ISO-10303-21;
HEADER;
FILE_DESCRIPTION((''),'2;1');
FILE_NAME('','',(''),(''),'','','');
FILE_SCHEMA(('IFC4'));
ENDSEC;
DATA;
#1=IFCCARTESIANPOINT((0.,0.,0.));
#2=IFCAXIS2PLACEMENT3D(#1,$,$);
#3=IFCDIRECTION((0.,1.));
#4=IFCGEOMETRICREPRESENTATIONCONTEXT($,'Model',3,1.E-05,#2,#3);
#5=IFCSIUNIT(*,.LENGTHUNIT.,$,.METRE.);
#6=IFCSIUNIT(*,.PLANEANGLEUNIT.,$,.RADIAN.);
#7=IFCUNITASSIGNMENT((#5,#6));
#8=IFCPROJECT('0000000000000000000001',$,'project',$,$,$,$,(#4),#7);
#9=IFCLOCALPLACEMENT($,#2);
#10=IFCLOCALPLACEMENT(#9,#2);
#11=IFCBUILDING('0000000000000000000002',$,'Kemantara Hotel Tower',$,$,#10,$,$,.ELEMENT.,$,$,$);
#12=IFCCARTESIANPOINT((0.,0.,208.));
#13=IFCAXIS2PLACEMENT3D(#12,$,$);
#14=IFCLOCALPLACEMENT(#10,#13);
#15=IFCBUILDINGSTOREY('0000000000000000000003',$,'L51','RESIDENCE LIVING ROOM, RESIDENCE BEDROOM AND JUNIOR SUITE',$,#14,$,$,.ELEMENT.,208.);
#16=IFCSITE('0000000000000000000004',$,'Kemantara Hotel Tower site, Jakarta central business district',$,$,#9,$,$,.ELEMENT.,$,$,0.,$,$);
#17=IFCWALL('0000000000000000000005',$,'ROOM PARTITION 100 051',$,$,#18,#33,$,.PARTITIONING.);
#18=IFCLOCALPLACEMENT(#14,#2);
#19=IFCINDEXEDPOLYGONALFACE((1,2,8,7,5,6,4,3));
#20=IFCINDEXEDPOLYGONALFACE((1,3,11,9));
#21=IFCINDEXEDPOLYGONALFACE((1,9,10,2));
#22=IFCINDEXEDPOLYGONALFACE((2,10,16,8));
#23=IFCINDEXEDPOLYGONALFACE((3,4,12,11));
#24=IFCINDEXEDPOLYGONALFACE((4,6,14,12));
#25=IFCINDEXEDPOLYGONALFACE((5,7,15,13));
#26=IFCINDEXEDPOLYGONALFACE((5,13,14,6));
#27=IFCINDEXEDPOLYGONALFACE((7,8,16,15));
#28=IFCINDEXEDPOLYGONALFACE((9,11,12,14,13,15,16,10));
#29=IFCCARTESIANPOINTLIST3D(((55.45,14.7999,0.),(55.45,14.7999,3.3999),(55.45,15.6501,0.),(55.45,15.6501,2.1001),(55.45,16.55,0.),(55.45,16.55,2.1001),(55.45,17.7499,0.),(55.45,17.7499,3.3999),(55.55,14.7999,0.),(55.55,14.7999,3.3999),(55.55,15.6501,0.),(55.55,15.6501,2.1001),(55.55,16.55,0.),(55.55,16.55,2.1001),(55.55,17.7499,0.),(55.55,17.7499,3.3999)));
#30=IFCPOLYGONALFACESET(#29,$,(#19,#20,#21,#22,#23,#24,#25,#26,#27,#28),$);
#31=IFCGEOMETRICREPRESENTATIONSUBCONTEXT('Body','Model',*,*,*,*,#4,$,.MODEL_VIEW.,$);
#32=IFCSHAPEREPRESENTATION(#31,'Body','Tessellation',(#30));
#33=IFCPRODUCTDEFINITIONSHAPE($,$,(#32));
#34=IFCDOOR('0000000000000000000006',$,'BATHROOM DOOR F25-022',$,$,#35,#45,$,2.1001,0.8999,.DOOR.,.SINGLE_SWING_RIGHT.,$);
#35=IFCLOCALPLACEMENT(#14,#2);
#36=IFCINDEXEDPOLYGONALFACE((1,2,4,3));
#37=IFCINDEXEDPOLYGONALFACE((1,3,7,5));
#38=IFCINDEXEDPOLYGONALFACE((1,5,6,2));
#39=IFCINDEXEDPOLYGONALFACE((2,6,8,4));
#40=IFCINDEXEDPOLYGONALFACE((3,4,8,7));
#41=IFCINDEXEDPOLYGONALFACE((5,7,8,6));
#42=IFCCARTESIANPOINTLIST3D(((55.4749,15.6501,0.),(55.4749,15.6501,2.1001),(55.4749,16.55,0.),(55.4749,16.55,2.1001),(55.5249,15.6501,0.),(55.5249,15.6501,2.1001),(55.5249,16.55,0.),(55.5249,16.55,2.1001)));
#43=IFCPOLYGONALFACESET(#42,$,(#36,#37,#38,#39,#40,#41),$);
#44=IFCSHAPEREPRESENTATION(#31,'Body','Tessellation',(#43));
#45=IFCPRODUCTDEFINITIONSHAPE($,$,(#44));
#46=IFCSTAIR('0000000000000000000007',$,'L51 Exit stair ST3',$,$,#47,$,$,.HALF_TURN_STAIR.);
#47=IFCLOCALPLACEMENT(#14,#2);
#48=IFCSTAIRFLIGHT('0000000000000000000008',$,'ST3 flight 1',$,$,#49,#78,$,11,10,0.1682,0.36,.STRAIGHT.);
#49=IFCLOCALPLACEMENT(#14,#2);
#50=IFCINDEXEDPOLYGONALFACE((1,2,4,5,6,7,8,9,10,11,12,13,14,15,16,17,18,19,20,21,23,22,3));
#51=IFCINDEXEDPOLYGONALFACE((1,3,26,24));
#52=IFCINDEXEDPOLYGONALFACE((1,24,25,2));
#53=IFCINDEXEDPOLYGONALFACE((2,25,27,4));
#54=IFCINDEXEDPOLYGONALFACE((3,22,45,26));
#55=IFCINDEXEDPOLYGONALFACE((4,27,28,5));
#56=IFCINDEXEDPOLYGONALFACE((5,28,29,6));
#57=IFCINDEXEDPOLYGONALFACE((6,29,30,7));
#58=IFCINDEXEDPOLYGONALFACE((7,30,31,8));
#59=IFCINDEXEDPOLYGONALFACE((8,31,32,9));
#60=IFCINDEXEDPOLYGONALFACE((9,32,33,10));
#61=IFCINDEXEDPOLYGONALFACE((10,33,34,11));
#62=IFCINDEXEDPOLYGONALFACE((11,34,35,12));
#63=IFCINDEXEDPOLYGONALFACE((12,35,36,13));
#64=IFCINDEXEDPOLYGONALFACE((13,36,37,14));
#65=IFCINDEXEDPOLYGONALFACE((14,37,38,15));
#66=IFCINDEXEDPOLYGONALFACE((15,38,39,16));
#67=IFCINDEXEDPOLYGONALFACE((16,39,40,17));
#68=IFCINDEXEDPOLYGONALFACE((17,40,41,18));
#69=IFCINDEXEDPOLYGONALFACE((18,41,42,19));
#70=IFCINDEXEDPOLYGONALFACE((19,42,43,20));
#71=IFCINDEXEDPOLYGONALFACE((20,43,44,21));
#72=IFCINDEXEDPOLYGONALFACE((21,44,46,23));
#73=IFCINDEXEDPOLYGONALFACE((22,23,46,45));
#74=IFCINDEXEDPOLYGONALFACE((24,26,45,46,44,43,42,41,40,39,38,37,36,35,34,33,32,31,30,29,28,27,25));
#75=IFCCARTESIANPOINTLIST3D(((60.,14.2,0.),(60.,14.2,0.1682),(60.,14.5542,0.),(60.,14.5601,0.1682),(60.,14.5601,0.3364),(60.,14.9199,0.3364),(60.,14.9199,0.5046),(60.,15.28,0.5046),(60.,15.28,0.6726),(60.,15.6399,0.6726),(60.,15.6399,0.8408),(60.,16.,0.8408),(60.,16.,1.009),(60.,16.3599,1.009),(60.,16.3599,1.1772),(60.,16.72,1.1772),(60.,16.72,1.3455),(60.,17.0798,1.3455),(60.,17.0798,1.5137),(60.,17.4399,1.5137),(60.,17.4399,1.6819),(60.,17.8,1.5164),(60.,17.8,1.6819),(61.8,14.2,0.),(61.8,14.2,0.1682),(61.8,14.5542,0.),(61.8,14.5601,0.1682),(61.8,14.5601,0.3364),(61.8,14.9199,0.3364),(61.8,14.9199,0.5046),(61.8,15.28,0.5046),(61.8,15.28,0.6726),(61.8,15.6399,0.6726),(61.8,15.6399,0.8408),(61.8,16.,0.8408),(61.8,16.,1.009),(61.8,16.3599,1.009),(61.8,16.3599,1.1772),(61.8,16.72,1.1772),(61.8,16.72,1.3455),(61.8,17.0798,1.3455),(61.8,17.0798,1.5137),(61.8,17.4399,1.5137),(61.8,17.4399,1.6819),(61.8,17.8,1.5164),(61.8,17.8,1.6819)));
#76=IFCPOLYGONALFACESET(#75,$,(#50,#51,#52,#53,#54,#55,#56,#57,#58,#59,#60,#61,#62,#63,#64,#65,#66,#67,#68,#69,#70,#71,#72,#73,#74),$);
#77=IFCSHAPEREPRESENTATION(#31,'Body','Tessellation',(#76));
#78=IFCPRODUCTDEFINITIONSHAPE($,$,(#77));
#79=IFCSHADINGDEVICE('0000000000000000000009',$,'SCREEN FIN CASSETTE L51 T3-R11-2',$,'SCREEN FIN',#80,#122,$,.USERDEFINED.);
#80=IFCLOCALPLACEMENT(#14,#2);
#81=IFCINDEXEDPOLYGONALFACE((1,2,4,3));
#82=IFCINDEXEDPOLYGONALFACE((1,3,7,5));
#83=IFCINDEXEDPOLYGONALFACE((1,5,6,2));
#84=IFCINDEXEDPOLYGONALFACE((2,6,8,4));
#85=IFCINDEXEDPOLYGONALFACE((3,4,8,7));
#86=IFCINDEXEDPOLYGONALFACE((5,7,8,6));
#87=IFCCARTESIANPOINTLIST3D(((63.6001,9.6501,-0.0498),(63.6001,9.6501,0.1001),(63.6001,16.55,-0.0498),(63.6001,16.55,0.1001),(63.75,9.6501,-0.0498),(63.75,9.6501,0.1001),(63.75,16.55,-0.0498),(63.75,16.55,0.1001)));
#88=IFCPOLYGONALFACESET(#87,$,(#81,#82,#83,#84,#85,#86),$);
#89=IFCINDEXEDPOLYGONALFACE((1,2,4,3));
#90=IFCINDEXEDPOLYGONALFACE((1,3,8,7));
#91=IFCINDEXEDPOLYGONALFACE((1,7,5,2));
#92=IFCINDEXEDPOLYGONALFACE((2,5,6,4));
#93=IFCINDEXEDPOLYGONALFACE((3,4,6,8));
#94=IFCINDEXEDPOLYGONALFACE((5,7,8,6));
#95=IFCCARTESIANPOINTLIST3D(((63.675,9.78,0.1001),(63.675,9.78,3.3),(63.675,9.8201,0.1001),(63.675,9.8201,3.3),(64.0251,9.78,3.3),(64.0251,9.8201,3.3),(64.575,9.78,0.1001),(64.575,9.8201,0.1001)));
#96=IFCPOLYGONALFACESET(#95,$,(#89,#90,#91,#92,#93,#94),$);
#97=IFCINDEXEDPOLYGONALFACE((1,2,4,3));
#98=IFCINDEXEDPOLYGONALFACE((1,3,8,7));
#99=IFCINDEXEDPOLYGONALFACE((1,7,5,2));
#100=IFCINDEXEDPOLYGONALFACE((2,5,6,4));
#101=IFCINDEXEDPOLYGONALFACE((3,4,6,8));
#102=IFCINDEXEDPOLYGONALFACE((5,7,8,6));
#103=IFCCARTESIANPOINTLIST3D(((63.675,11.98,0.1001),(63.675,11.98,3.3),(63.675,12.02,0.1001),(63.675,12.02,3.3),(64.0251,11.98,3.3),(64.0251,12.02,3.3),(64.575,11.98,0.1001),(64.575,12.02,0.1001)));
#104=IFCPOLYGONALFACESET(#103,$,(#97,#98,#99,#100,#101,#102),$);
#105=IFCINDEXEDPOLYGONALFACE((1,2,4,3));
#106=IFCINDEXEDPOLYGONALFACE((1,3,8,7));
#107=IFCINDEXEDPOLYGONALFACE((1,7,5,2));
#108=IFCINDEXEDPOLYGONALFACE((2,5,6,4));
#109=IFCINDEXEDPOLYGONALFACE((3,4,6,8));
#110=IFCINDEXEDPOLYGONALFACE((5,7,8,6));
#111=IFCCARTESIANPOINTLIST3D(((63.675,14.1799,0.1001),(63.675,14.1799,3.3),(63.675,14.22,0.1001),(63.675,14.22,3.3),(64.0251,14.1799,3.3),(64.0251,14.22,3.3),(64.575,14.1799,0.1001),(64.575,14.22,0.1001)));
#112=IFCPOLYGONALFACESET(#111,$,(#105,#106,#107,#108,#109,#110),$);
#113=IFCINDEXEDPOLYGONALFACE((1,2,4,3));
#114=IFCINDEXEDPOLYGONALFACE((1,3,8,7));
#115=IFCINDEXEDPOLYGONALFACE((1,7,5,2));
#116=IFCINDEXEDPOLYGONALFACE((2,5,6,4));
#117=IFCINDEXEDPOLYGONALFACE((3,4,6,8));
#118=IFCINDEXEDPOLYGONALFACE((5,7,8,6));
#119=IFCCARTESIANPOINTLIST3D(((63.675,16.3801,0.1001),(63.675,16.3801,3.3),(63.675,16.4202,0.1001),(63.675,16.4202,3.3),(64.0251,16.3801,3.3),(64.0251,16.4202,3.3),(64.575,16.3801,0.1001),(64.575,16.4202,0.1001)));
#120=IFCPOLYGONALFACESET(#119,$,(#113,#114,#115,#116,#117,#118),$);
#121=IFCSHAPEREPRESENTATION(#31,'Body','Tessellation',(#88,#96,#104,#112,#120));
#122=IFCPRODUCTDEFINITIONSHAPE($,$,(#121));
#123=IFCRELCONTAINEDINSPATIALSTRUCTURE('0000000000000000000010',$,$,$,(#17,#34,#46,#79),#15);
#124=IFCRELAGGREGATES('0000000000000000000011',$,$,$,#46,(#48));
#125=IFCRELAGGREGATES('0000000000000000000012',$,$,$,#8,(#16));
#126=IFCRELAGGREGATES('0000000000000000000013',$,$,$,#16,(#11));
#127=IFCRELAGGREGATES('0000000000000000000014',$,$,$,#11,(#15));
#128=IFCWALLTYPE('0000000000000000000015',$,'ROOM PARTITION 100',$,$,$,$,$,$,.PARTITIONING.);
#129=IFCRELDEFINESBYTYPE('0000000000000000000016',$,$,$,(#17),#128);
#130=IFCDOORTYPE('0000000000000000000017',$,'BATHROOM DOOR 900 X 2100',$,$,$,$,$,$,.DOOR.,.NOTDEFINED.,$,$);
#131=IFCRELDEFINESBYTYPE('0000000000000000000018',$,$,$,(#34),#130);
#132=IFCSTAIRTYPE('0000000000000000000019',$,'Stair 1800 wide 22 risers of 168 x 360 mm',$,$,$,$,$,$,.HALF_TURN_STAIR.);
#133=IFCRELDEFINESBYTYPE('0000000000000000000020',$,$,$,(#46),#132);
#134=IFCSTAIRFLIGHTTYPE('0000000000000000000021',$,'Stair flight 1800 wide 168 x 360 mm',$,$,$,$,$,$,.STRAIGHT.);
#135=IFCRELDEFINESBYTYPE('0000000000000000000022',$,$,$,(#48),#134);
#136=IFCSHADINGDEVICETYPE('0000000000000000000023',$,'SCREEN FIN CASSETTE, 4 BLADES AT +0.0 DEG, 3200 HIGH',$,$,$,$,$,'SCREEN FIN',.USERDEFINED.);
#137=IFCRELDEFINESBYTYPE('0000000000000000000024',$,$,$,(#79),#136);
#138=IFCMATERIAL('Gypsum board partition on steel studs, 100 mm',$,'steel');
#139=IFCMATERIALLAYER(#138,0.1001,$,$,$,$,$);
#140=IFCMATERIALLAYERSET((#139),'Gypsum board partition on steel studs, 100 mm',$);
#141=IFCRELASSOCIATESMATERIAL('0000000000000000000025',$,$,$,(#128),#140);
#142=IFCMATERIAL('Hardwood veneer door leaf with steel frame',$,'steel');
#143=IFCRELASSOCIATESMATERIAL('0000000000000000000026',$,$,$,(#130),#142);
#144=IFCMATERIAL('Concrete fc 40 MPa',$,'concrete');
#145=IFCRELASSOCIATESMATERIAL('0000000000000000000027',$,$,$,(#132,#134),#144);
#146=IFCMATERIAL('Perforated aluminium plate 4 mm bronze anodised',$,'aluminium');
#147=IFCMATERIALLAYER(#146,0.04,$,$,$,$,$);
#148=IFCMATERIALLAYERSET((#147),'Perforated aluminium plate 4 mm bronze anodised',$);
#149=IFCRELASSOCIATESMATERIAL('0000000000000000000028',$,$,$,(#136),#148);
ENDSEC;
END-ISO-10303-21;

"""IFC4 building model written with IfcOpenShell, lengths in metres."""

from ifc_helpers import new_model, si_unit, direction, frame, frame_2d, origin, origin_2d, place, context, subcontext, project, spatial, polyline, rectangle, outline, extrude, source, transform, mapped, material, layer, layer_set, type_object, element, fill, aggregate, save


model = new_model("IFC4")

# Units and contexts
model_context = context("Model", 3, precision=1e-05, world=origin(), true_north=direction((0.0, 1.0)))
body_context = subcontext(model_context, "Body", "Model", "MODEL_VIEW")
ifc_project = project(units=[si_unit("LENGTHUNIT", "METRE"), si_unit("PLANEANGLEUNIT", "RADIAN")], contexts=[model_context])

# Site, building, storey
site_placement = place(None, origin())
site = spatial("IfcSite", under=ifc_project, at=site_placement, Name="Kemantara Hotel Tower site, Jakarta central business district", CompositionType="ELEMENT", RefElevation=0.0)
building_placement = place(site_placement, origin())
building = spatial("IfcBuilding", under=site, at=building_placement, Name="Kemantara Hotel Tower", CompositionType="ELEMENT")
storey_placement = place(building_placement, frame((0.0, 0.0, 208.0)))
storey = spatial("IfcBuildingStorey", under=building, at=storey_placement, Name="L51", Description="RESIDENCE LIVING ROOM, RESIDENCE BEDROOM AND JUNIOR SUITE", CompositionType="ELEMENT", Elevation=208.0)

# Shared definitions
ifc_material_1 = material(Name="Hardwood veneer door leaf with steel frame", Category="steel")

# Shared definitions
ifc_material_2 = material(Name="Concrete fc 40 MPa", Category="concrete")

# Shared definitions
ifc_material_3 = material(Name="Gypsum board partition on steel studs, 100 mm", Category="steel")
ifc_layer_1 = layer(ifc_material_3, 0.1001)
ifc_layer_set_1 = layer_set([ifc_layer_1], Name="Gypsum board partition on steel studs, 100 mm")
wall_type_1 = type_object("IfcWallType", Name="ROOM PARTITION 100", PredefinedType="PARTITIONING", material=ifc_layer_set_1)
door_type_1 = type_object("IfcDoorType", Name="BATHROOM DOOR 900 X 2100", OperationType="NOTDEFINED", PredefinedType="DOOR", material=ifc_material_1)

# Wall, opening, door
wall_1_placement = place(storey_placement, frame((55.5, 17.75, 0.0), z_axis=(0.0, 0.0, 1.0), x_axis=(0.0, -1.0, 0.0)))
wall_1 = element("IfcWall", 1, at=wall_1_placement, inside=storey, type_object=wall_type_1, Name="ROOM PARTITION 100 051", PredefinedType="PARTITIONING", context=body_context, shape_type="SweptSolid", body=[
    extrude(rectangle(XDim=2.95, YDim=0.1001, at=frame_2d((1.4751, 0.0))), origin(), (0.0, 0.0, 1.0), 3.3999),
])
opening_1_placement = place(wall_1_placement, frame((1.2, 0.0, 0.0)))
opening_1 = element("IfcOpeningElement", 2, at=opening_1_placement, cuts=wall_1, PredefinedType="OPENING", context=body_context, shape_type="SweptSolid", body=[
    extrude(rectangle(XDim=0.8999, YDim=2.1001, at=frame_2d((0.45, 1.05))), frame((0.0, 0.0601, 0.0), z_axis=(0.0, -1.0, 0.0), x_axis=(1.0, 0.0, 0.0)), (0.0, 0.0, 1.0), 0.1201),
])
door_1_placement = place(opening_1_placement, origin())
door_1 = element("IfcDoor", 3, at=door_1_placement, inside=storey, type_object=door_type_1, Name="BATHROOM DOOR F25-022", OperationType="SINGLE_SWING_RIGHT", OverallHeight=2.1001, OverallWidth=0.8999, PredefinedType="DOOR", context=body_context, shape_type="SweptSolid", body=[
    extrude(rectangle(XDim=0.8999, YDim=2.1001, at=frame_2d((0.45, 1.05))), frame((0.0, 0.0249, 0.0), z_axis=(0.0, -1.0, 0.0), x_axis=(1.0, 0.0, 0.0)), (0.0, 0.0, 1.0), 0.05),
])
fill(opening_1, door_1)

# Stair, stair flight
stair_type = type_object("IfcStairType", Name="Stair 1800 wide 22 risers of 168 x 360 mm", PredefinedType="HALF_TURN_STAIR", material=ifc_material_2)
stair_placement = place(storey_placement, origin())
stair = element("IfcStair", 4, at=stair_placement, inside=storey, type_object=stair_type, Name="L51 Exit stair ST3", PredefinedType="HALF_TURN_STAIR")
stair_flight_type = type_object("IfcStairFlightType", Name="Stair flight 1800 wide 168 x 360 mm", PredefinedType="STRAIGHT", material=ifc_material_2)
stair_flight_placement = place(storey_placement, frame((60.8999, 14.2, 0.0), z_axis=(0.0, 0.0, 1.0), x_axis=(0.0, 1.0, 0.0)))
stair_flight = element("IfcStairFlight", 5, at=stair_flight_placement, type_object=stair_flight_type, Name="ST3 flight 1", NumberOfRisers=11, NumberOfTreads=10, PredefinedType="STRAIGHT", RiserHeight=0.1682, TreadLength=0.36, context=body_context, shape_type="SweptSolid", body=[
    extrude(outline(polyline([(0.0, 0.0), (0.0, 0.1682), (0.3601, 0.1682), (0.3601, 0.3364), (0.72, 0.3364), (0.72, 0.5046), (1.0801, 0.5046), (1.0801, 0.6726), (1.4399, 0.6726), (1.4399, 0.8408), (1.8, 0.8408), (1.8, 1.009), (2.1599, 1.009), (2.1599, 1.1772), (2.52, 1.1772), (2.52, 1.3455), (2.8799, 1.3455), (2.8799, 1.5137), (3.24, 1.5137), (3.24, 1.6819), (3.6001, 1.6819), (3.6001, 1.8501), (3.6001, 1.5164), (0.3542, 0.0), (0.0, 0.0)])), frame((0.0, 0.8999, 0.0), z_axis=(0.0, -1.0, 0.0), x_axis=(1.0, 0.0, 0.0)), (0.0, 0.0, 1.0), 1.8),
])
aggregate(stair, [stair_flight])

# Shading device
ifc_material_4 = material(Name="Perforated aluminium plate 4 mm bronze anodised", Category="aluminium")
ifc_layer_2 = layer(ifc_material_4, 0.04)
ifc_layer_set_2 = layer_set([ifc_layer_2], Name="Perforated aluminium plate 4 mm bronze anodised")
shading_device_type = type_object("IfcShadingDeviceType", Name="SCREEN FIN CASSETTE, 4 BLADES AT +0.0 DEG, 3200 HIGH", ElementType="SCREEN FIN", PredefinedType="USERDEFINED", material=ifc_layer_set_2)
shared_shape_1 = source(origin(), body_context, "Body", "SweptSolid", [
    extrude(rectangle(XDim=6.8999, YDim=0.1499, at=origin_2d()), frame((3.3, -0.075, -0.1499), z_axis=(0.0, 0.0, 1.0), x_axis=(1.0, 0.0, 0.0)), (0.0, 0.0, 1.0), 0.1499),
    extrude(outline(polyline([(0.0, 0.0), (0.8999, 0.0), (0.3501, 3.2), (0.0, 3.2), (0.0, 0.0)])), frame((0.02, -0.075, 0.0), z_axis=(-1.0, 0.0, 0.0), x_axis=(0.0, -1.0, 0.0)), (0.0, 0.0, 1.0), 0.04),
    extrude(outline(polyline([(0.0, 0.0), (0.8999, 0.0), (0.3501, 3.2), (0.0, 3.2), (0.0, 0.0)])), frame((2.22, -0.075, 0.0), z_axis=(-1.0, 0.0, 0.0), x_axis=(0.0, -1.0, 0.0)), (0.0, 0.0, 1.0), 0.04),
    extrude(outline(polyline([(0.0, 0.0), (0.8999, 0.0), (0.3501, 3.2), (0.0, 3.2), (0.0, 0.0)])), frame((4.4199, -0.075, 0.0), z_axis=(-1.0, 0.0, 0.0), x_axis=(0.0, -1.0, 0.0)), (0.0, 0.0, 1.0), 0.04),
    extrude(outline(polyline([(0.0, 0.0), (0.8999, 0.0), (0.3501, 3.2), (0.0, 3.2), (0.0, 0.0)])), frame((6.6201, -0.075, 0.0), z_axis=(-1.0, 0.0, 0.0), x_axis=(0.0, -1.0, 0.0)), (0.0, 0.0, 1.0), 0.04),
])
shading_device_placement = place(storey_placement, frame((63.6001, 9.8, 0.1001), z_axis=(0.0, 0.0, 1.0), x_axis=(0.0, 1.0, 0.0)))
element("IfcShadingDevice", 6, at=shading_device_placement, inside=storey, type_object=shading_device_type, Name="SCREEN FIN CASSETTE L51 T3-R11-2", ObjectType="SCREEN FIN", PredefinedType="USERDEFINED", context=body_context, shape_type="MappedRepresentation", body=[
    mapped(shared_shape_1, transform((0.0, 0.0, 0.0))),
])

save(model, "model.ifc")
